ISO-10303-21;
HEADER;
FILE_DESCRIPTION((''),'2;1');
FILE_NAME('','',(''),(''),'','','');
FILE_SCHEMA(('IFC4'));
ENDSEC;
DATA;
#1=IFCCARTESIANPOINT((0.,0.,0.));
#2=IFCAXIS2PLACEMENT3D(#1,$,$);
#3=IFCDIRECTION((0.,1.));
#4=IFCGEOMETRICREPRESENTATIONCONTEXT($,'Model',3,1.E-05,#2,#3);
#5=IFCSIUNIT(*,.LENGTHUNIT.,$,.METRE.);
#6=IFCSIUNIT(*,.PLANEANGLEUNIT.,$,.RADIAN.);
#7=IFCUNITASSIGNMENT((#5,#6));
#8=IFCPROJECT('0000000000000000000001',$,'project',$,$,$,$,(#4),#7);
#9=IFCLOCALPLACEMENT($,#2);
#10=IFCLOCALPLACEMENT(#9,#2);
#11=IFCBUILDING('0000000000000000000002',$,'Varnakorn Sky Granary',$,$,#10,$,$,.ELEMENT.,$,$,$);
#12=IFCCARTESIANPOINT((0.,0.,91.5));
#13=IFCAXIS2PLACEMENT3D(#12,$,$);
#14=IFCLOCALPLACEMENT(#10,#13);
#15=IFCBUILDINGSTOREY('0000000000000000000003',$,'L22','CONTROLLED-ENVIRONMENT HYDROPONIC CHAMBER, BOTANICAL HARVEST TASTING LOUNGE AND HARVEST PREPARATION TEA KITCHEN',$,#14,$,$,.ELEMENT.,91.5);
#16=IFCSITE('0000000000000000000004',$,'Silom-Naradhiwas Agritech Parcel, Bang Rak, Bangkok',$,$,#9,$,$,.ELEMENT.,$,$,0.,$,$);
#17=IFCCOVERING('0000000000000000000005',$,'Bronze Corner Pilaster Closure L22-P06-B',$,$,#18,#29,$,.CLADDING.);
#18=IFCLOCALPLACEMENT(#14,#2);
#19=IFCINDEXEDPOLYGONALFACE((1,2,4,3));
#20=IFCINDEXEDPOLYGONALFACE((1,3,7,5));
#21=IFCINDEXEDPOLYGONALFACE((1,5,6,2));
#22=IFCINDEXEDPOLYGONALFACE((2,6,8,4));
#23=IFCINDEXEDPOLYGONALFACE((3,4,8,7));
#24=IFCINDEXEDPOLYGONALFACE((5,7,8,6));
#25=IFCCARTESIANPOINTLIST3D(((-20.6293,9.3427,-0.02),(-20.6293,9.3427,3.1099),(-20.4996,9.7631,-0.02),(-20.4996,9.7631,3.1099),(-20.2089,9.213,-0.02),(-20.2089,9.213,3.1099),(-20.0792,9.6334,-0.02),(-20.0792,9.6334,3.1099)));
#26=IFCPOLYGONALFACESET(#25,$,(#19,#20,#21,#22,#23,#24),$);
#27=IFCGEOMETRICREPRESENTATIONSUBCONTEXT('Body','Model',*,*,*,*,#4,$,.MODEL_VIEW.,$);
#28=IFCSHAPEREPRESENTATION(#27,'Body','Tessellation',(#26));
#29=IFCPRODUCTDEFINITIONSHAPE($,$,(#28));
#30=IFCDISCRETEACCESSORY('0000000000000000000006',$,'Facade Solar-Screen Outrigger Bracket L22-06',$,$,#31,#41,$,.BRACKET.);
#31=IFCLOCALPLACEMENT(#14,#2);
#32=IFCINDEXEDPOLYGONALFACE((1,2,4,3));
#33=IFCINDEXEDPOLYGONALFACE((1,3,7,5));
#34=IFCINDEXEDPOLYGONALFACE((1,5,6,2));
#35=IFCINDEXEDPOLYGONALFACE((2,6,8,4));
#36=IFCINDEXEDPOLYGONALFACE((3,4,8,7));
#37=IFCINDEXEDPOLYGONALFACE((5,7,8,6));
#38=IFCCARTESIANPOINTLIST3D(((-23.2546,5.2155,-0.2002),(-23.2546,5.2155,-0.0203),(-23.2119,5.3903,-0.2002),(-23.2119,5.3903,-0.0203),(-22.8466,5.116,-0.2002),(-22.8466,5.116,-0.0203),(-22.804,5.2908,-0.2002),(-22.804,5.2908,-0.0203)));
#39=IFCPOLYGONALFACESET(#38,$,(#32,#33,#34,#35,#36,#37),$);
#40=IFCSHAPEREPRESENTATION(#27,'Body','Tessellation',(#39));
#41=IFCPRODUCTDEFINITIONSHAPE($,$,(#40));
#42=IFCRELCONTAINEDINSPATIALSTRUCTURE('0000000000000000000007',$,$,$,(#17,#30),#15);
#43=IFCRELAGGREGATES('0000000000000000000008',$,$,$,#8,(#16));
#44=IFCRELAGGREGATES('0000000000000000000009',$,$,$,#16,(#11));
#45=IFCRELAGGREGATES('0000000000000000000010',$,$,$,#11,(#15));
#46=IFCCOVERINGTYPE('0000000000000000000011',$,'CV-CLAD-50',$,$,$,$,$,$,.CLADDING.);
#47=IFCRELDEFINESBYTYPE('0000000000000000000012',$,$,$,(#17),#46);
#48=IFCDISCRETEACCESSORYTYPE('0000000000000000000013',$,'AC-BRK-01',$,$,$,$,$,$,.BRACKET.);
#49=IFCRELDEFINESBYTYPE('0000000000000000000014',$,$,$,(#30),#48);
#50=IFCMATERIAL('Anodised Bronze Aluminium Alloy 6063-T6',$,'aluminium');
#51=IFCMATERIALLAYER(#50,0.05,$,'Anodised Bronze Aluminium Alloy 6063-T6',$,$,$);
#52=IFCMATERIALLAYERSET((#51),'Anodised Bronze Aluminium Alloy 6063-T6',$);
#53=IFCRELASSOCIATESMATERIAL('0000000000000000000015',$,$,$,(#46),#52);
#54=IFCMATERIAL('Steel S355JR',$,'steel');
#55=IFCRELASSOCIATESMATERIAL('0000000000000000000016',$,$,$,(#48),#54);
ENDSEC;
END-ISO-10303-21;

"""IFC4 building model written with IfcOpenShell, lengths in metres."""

from ifc_helpers import new_model, si_unit, direction, frame, origin, origin_2d, place, context, subcontext, project, spatial, rectangle, extrude, source, transform, mapped, material, layer, layer_set, type_object, type_shapes, element, save


model = new_model("IFC4")

# Units and contexts
model_context = context("Model", 3, precision=1e-05, world=origin(), true_north=direction((0.0, 1.0)))
body_context = subcontext(model_context, "Body", "Model", "MODEL_VIEW")
ifc_project = project(units=[si_unit("LENGTHUNIT", "METRE"), si_unit("PLANEANGLEUNIT", "RADIAN")], contexts=[model_context])

# Site, building, storey
site_placement = place(None, origin())
site = spatial("IfcSite", under=ifc_project, at=site_placement, Name="Silom-Naradhiwas Agritech Parcel, Bang Rak, Bangkok", CompositionType="ELEMENT", RefElevation=0.0)
building_placement = place(site_placement, origin())
building = spatial("IfcBuilding", under=site, at=building_placement, Name="Varnakorn Sky Granary", CompositionType="ELEMENT")
storey_placement = place(building_placement, frame((0.0, 0.0, 91.5)))
storey = spatial("IfcBuildingStorey", under=building, at=storey_placement, Name="L22", Description="CONTROLLED-ENVIRONMENT HYDROPONIC CHAMBER, BOTANICAL HARVEST TASTING LOUNGE AND HARVEST PREPARATION TEA KITCHEN", CompositionType="ELEMENT", Elevation=91.5)

# Shared definitions
ifc_material_1 = material(Name="Steel S355JR", Category="steel")

# Shared definitions
ifc_material_2 = material(Name="Anodised Bronze Aluminium Alloy 6063-T6", Category="aluminium")

# Covering
ifc_layer_1 = layer(ifc_material_2, 0.05, Name="Anodised Bronze Aluminium Alloy 6063-T6")
ifc_layer_set_1 = layer_set([ifc_layer_1], Name="Anodised Bronze Aluminium Alloy 6063-T6")
covering_type = type_object("IfcCoveringType", Name="CV-CLAD-50", PredefinedType="CLADDING", material=ifc_layer_set_1)
shared_shape_1 = source(origin(), body_context, "Body", "SweptSolid", [
    extrude(rectangle(XDim=0.4399, YDim=0.4399, at=origin_2d()), origin(), (0.0, 0.0, 1.0), 3.1299),
])
type_shapes(covering_type, [shared_shape_1])
covering_placement = place(storey_placement, frame((-20.3542, 9.488, -0.02), z_axis=(0.0, 0.0, 1.0), x_axis=(0.294874, 0.955536, 0.0)))
element("IfcCovering", 1, at=covering_placement, inside=storey, type_object=covering_type, Name="Bronze Corner Pilaster Closure L22-P06-B", PredefinedType="CLADDING", context=body_context, shape_type="MappedRepresentation", body=[
    mapped(shared_shape_1, transform((0.0, 0.0, 0.0), x_axis=(1.0, 0.0, 0.0), y_axis=(0.0, 1.0, 0.0), z_axis=(0.0, 0.0, 1.0), scale=1.0)),
])

# Discrete accessory
discrete_accessory_type = type_object("IfcDiscreteAccessoryType", Name="AC-BRK-01", PredefinedType="BRACKET", material=ifc_material_1)
shared_shape_2 = source(origin(), body_context, "Body", "SweptSolid", [
    extrude(rectangle(XDim=0.1799, YDim=0.4199, at=origin_2d()), origin(), (0.0, 0.0, 1.0), 0.1799),
])
type_shapes(discrete_accessory_type, [shared_shape_2])
discrete_accessory_placement = place(storey_placement, frame((-23.0293, 5.2532, -0.2002), z_axis=(0.0, 0.0, 1.0), x_axis=(-0.237051, -0.971497, 0.0)))
element("IfcDiscreteAccessory", 2, at=discrete_accessory_placement, inside=storey, type_object=discrete_accessory_type, Name="Facade Solar-Screen Outrigger Bracket L22-06", PredefinedType="BRACKET", context=body_context, shape_type="MappedRepresentation", body=[
    mapped(shared_shape_2, transform((0.0, 0.0, 0.0), x_axis=(1.0, 0.0, 0.0), y_axis=(0.0, 1.0, 0.0), z_axis=(0.0, 0.0, 1.0), scale=1.0)),
])

save(model, "model.ifc")
